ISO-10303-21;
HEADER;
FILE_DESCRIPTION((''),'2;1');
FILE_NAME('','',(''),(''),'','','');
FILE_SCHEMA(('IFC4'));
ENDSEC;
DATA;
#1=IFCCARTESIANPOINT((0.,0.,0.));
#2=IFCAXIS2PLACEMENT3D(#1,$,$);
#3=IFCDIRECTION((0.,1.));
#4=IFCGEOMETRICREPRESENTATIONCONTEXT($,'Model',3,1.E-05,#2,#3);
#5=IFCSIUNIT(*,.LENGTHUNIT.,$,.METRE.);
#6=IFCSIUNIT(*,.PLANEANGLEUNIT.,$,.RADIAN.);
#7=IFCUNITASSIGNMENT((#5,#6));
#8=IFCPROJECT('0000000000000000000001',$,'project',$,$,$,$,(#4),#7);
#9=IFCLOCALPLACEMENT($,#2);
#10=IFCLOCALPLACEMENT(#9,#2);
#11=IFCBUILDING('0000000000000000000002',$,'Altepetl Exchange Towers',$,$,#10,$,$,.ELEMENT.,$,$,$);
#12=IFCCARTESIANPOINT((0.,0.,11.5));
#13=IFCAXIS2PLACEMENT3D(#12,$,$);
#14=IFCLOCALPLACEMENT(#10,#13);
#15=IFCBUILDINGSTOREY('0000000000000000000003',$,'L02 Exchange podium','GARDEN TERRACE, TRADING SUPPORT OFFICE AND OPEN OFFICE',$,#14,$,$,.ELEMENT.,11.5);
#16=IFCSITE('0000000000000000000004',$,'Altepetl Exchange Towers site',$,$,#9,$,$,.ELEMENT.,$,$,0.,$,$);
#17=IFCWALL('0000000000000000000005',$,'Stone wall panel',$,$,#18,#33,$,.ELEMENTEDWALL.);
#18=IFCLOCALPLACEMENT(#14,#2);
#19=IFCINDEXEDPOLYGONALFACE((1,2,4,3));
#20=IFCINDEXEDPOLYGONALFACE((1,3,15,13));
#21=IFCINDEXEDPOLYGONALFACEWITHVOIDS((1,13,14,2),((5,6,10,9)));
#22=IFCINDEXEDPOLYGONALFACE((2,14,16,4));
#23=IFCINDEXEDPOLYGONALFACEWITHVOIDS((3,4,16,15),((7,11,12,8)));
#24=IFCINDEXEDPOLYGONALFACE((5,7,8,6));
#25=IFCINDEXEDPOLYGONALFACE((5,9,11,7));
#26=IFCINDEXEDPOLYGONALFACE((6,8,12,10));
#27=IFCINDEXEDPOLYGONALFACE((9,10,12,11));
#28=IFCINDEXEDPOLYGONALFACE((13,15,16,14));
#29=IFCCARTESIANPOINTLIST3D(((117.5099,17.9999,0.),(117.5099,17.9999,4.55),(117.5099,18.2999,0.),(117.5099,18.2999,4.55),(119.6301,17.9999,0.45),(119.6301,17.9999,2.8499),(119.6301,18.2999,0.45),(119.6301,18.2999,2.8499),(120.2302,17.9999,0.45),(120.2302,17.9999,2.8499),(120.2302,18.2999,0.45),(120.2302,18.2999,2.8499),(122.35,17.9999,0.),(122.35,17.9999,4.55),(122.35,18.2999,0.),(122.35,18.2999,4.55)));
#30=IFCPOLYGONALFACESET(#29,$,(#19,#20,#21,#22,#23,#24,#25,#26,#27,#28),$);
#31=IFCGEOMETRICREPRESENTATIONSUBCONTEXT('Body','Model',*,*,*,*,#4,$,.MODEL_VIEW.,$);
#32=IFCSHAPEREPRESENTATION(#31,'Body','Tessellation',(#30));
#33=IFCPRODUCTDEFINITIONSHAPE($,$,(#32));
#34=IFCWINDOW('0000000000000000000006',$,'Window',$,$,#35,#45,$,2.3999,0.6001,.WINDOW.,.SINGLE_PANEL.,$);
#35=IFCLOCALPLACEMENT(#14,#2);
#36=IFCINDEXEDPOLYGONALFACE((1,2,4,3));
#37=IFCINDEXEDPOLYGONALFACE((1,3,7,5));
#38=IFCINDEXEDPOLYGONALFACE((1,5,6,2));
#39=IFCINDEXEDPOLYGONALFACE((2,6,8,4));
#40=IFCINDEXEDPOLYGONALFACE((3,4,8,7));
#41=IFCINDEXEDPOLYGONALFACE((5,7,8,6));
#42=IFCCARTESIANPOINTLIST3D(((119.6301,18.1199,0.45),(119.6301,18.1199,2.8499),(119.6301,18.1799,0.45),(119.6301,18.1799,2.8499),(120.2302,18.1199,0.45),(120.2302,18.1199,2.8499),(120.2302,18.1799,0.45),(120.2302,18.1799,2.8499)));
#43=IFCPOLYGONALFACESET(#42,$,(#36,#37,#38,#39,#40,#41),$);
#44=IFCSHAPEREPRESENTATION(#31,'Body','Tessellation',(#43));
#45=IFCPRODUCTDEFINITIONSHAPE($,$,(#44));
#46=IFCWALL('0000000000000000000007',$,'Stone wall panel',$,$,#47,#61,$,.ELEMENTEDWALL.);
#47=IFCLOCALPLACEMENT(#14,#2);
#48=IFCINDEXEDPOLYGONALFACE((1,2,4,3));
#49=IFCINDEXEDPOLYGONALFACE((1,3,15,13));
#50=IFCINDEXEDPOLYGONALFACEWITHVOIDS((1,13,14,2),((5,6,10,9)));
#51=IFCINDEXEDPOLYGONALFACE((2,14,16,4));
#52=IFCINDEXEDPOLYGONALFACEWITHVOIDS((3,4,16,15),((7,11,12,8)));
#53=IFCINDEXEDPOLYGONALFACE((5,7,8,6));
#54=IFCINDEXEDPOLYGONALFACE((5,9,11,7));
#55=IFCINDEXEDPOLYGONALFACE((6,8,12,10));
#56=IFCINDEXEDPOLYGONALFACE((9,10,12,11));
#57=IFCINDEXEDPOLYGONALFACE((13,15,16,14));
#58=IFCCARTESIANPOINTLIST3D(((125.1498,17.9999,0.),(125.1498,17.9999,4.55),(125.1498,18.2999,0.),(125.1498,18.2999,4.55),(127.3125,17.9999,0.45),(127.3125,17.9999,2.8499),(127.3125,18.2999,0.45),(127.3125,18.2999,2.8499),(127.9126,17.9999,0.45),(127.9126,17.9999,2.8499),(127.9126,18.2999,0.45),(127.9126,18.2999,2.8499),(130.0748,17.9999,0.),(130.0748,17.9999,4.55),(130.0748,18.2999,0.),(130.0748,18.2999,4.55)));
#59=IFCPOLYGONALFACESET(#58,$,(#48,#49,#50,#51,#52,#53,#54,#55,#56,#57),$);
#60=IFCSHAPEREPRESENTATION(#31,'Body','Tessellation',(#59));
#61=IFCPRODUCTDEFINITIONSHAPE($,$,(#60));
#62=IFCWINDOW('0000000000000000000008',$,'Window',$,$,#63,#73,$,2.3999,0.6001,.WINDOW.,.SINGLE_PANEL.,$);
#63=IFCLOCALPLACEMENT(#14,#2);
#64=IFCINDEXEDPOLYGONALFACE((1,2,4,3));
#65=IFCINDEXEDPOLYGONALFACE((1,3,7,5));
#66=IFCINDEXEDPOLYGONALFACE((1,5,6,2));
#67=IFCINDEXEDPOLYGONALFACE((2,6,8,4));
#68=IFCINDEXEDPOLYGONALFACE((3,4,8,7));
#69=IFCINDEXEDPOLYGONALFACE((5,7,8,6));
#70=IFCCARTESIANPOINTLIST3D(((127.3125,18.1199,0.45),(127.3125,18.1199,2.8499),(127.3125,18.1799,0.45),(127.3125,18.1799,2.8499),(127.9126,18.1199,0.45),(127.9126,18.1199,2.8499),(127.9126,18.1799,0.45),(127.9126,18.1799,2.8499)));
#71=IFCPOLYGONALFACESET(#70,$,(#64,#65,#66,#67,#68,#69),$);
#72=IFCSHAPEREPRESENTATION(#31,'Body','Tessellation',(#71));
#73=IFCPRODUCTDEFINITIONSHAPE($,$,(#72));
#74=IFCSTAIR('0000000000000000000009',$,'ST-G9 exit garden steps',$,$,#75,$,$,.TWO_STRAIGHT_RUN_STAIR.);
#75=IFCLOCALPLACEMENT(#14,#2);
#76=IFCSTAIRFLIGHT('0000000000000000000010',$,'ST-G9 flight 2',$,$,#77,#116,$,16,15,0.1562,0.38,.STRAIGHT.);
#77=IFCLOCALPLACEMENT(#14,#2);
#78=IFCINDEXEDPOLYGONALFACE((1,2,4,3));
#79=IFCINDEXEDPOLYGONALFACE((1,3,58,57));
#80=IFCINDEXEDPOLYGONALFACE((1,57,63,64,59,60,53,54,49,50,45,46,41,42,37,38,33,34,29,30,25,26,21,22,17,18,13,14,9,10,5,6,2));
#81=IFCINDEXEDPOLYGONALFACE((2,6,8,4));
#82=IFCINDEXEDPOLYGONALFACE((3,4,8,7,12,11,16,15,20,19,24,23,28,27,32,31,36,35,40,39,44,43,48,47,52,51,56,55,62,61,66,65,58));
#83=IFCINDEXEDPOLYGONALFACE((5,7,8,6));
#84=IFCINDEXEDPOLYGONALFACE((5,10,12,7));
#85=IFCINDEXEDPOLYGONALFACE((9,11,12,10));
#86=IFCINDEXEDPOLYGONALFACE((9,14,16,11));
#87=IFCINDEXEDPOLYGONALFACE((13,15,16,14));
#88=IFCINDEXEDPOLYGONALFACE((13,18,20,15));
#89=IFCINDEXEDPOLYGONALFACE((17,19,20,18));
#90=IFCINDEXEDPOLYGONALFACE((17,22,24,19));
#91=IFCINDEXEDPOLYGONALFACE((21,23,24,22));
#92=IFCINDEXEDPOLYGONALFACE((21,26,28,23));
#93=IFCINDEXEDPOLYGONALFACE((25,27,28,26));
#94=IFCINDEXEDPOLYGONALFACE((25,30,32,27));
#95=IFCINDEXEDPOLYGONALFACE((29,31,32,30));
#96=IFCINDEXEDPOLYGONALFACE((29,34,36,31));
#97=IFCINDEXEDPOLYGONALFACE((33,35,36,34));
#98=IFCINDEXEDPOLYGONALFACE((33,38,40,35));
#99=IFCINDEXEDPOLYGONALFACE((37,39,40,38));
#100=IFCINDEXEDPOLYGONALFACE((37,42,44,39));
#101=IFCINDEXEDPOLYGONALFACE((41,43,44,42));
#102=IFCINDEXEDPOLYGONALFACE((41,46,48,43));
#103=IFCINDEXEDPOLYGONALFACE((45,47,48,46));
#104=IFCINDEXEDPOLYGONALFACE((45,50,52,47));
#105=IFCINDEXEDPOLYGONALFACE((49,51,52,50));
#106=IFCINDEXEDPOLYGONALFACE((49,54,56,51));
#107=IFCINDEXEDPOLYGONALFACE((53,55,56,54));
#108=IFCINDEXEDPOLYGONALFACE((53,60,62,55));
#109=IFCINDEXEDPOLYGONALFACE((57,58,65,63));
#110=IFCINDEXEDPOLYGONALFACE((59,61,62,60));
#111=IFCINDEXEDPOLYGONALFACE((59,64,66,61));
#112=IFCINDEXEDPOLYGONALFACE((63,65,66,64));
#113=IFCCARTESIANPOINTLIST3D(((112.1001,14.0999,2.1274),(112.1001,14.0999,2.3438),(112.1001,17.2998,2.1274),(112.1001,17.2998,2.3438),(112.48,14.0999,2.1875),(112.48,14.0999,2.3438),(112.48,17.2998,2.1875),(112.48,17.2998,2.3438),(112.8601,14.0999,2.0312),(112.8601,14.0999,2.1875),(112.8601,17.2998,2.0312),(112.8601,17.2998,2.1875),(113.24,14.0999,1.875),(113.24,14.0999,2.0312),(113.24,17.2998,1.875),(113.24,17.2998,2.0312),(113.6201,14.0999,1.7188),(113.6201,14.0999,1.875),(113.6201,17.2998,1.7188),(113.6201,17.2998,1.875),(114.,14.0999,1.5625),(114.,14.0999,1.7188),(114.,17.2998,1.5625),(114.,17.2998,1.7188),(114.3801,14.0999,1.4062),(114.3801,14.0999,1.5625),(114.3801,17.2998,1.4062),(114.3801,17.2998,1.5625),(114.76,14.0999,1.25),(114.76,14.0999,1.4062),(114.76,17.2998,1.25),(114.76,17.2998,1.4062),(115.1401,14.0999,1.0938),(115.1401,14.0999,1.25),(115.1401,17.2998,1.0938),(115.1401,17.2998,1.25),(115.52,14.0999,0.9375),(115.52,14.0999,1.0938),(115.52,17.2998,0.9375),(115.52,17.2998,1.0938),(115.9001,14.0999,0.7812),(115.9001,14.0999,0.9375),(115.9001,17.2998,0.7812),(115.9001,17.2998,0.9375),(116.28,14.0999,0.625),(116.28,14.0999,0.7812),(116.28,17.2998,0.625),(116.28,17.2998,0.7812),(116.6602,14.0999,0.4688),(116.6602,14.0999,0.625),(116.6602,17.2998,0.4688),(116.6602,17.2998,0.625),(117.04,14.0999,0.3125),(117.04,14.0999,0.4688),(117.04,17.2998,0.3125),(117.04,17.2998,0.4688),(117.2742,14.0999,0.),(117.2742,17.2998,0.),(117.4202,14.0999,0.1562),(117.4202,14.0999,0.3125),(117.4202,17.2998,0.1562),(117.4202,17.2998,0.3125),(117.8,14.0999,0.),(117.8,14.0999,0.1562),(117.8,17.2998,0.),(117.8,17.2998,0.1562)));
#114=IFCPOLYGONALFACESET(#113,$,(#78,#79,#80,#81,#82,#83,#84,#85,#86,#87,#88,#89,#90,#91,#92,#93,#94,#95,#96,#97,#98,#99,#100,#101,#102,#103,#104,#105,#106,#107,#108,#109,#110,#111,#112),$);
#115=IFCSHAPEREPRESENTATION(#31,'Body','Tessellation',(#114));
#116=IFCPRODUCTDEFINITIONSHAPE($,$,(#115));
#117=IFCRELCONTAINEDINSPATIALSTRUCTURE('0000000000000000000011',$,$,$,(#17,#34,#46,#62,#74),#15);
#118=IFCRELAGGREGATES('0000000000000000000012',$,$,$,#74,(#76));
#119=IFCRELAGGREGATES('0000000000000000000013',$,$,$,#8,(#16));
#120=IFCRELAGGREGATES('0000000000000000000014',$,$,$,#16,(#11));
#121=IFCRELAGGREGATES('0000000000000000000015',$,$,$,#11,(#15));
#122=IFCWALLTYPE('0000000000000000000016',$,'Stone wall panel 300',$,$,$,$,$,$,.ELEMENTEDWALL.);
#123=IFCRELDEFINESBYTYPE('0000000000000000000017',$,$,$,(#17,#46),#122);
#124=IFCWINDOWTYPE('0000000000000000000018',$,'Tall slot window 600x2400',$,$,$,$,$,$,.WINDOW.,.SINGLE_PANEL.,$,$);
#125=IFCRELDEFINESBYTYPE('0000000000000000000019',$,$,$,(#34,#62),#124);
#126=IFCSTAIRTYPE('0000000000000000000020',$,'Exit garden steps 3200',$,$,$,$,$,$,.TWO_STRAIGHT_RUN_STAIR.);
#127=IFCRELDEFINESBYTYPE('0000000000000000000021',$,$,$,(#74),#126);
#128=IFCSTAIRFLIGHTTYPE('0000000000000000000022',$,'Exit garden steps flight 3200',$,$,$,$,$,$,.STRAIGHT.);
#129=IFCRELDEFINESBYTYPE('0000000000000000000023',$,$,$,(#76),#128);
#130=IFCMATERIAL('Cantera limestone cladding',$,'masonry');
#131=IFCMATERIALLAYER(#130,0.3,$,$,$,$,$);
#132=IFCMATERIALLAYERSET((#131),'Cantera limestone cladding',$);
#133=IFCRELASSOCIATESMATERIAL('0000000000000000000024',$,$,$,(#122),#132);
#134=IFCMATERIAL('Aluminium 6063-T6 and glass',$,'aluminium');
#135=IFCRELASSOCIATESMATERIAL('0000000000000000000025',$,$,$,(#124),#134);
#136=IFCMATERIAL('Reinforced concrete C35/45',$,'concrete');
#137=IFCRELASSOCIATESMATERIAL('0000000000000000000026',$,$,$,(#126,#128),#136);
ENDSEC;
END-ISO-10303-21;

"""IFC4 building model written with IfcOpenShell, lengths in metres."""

from ifc_helpers import new_model, si_unit, direction, frame, frame_2d, origin, place, context, subcontext, project, spatial, polyline, rectangle, outline, extrude, material, layer, layer_set, type_object, element, fill, aggregate, save


model = new_model("IFC4")

# Units and contexts
model_context = context("Model", 3, precision=1e-05, world=origin(), true_north=direction((0.0, 1.0)))
body_context = subcontext(model_context, "Body", "Model", "MODEL_VIEW")
ifc_project = project(units=[si_unit("LENGTHUNIT", "METRE"), si_unit("PLANEANGLEUNIT", "RADIAN")], contexts=[model_context])

# Site, building, storey
site_placement = place(None, origin())
site = spatial("IfcSite", under=ifc_project, at=site_placement, Name="Altepetl Exchange Towers site", CompositionType="ELEMENT", RefElevation=0.0)
building_placement = place(site_placement, origin())
building = spatial("IfcBuilding", under=site, at=building_placement, Name="Altepetl Exchange Towers", CompositionType="ELEMENT")
storey_placement = place(building_placement, frame((0.0, 0.0, 11.5)))
storey = spatial("IfcBuildingStorey", under=building, at=storey_placement, Name="L02 Exchange podium", Description="GARDEN TERRACE, TRADING SUPPORT OFFICE AND OPEN OFFICE", CompositionType="ELEMENT", Elevation=11.5)

# Shared definitions
ifc_material_1 = material(Name="Aluminium 6063-T6 and glass", Category="aluminium")

# Shared definitions
ifc_material_2 = material(Name="Reinforced concrete C35/45", Category="concrete")

# Walls, openings, windows
ifc_material_3 = material(Name="Cantera limestone cladding", Category="masonry")
ifc_layer_1 = layer(ifc_material_3, 0.3)
ifc_layer_set_1 = layer_set([ifc_layer_1], Name="Cantera limestone cladding")
wall_type_1 = type_object("IfcWallType", Name="Stone wall panel 300", PredefinedType="ELEMENTEDWALL", material=ifc_layer_set_1)
wall_1_placement = place(storey_placement, frame((117.51, 18.1499, 0.0)))
wall_1 = element("IfcWall", 1, at=wall_1_placement, inside=storey, type_object=wall_type_1, Name="Stone wall panel", PredefinedType="ELEMENTEDWALL", context=body_context, shape_type="SweptSolid", body=[
    extrude(rectangle(XDim=4.8401, YDim=0.3, at=frame_2d((2.4199, 0.0))), origin(), (0.0, 0.0, 1.0), 4.55),
])
opening_1_placement = place(wall_1_placement, frame((2.1201, 0.0, 0.45)))
opening_1 = element("IfcOpeningElement", 2, at=opening_1_placement, cuts=wall_1, PredefinedType="OPENING", context=body_context, shape_type="SweptSolid", body=[
    extrude(rectangle(XDim=0.6001, YDim=2.3999, at=frame_2d((0.3, 1.2))), frame((0.0, 0.1602, 0.0), z_axis=(0.0, -1.0, 0.0), x_axis=(1.0, 0.0, 0.0)), (0.0, 0.0, 1.0), 0.3201),
])
window_type = type_object("IfcWindowType", Name="Tall slot window 600x2400", PartitioningType="SINGLE_PANEL", PredefinedType="WINDOW", material=ifc_material_1)
window_1_placement = place(opening_1_placement, origin())
window_1 = element("IfcWindow", 3, at=window_1_placement, inside=storey, type_object=window_type, Name="Window", OverallHeight=2.3999, OverallWidth=0.6001, PartitioningType="SINGLE_PANEL", PredefinedType="WINDOW", context=body_context, shape_type="SweptSolid", body=[
    extrude(rectangle(XDim=0.6001, YDim=2.3999, at=frame_2d((0.3, 1.2))), frame((0.0, 0.03, 0.0), z_axis=(0.0, -1.0, 0.0), x_axis=(1.0, 0.0, 0.0)), (0.0, 0.0, 1.0), 0.0601),
])
fill(opening_1, window_1)
wall_2_placement = place(storey_placement, frame((125.1499, 18.1499, 0.0)))
wall_2 = element("IfcWall", 4, at=wall_2_placement, inside=storey, type_object=wall_type_1, Name="Stone wall panel", PredefinedType="ELEMENTEDWALL", context=body_context, shape_type="SweptSolid", body=[
    extrude(rectangle(XDim=4.925, YDim=0.3, at=frame_2d((2.4624, 0.0))), origin(), (0.0, 0.0, 1.0), 4.55),
])
opening_2_placement = place(wall_2_placement, frame((2.1626, 0.0, 0.45)))
opening_2 = element("IfcOpeningElement", 5, at=opening_2_placement, cuts=wall_2, PredefinedType="OPENING", context=body_context, shape_type="SweptSolid", body=[
    extrude(rectangle(XDim=0.6001, YDim=2.3999, at=frame_2d((0.3, 1.2))), frame((0.0, 0.1602, 0.0), z_axis=(0.0, -1.0, 0.0), x_axis=(1.0, 0.0, 0.0)), (0.0, 0.0, 1.0), 0.3201),
])
window_2_placement = place(opening_2_placement, origin())
window_2 = element("IfcWindow", 6, at=window_2_placement, inside=storey, type_object=window_type, Name="Window", OverallHeight=2.3999, OverallWidth=0.6001, PartitioningType="SINGLE_PANEL", PredefinedType="WINDOW", context=body_context, shape_type="SweptSolid", body=[
    extrude(rectangle(XDim=0.6001, YDim=2.3999, at=frame_2d((0.3, 1.2))), frame((0.0, 0.03, 0.0), z_axis=(0.0, -1.0, 0.0), x_axis=(1.0, 0.0, 0.0)), (0.0, 0.0, 1.0), 0.0601),
])
fill(opening_2, window_2)

# Stair, stair flight
stair_type = type_object("IfcStairType", Name="Exit garden steps 3200", PredefinedType="TWO_STRAIGHT_RUN_STAIR", material=ifc_material_2)
stair_placement = place(storey_placement, origin())
stair = element("IfcStair", 7, at=stair_placement, inside=storey, type_object=stair_type, Name="ST-G9 exit garden steps", PredefinedType="TWO_STRAIGHT_RUN_STAIR")
stair_flight_type = type_object("IfcStairFlightType", Name="Exit garden steps flight 3200", PredefinedType="STRAIGHT", material=ifc_material_2)
stair_flight_placement = place(storey_placement, frame((117.8, 15.7, 0.0), z_axis=(0.0, 0.0, 1.0), x_axis=(-1.0, 0.0, 0.0)))
stair_flight = element("IfcStairFlight", 8, at=stair_flight_placement, type_object=stair_flight_type, Name="ST-G9 flight 2", NumberOfRisers=16, NumberOfTreads=15, PredefinedType="STRAIGHT", RiserHeight=0.1562, TreadLength=0.38, context=body_context, shape_type="SweptSolid", body=[
    extrude(outline(polyline([(0.0, 0.0), (0.0, 0.1562), (0.3799, 0.1562), (0.3799, 0.3125), (0.76, 0.3125), (0.76, 0.4688), (1.1399, 0.4688), (1.1399, 0.625), (1.52, 0.625), (1.52, 0.7812), (1.8999, 0.7812), (1.8999, 0.9375), (2.28, 0.9375), (2.28, 1.0938), (2.6599, 1.0938), (2.6599, 1.25), (3.04, 1.25), (3.04, 1.4062), (3.4199, 1.4062), (3.4199, 1.5625), (3.8, 1.5625), (3.8, 1.7188), (4.1799, 1.7188), (4.1799, 1.875), (4.5601, 1.875), (4.5601, 2.0312), (4.9399, 2.0312), (4.9399, 2.1875), (5.3201, 2.1875), (5.3201, 2.3438), (5.7, 2.3438), (5.7, 2.5), (5.7, 2.1274), (0.5259, 0.0), (0.0, 0.0)])), frame((0.0, 1.6001, 0.0), z_axis=(0.0, -1.0, 0.0), x_axis=(1.0, 0.0, 0.0)), (0.0, 0.0, 1.0), 3.2),
])
aggregate(stair, [stair_flight])

save(model, "model.ifc")
